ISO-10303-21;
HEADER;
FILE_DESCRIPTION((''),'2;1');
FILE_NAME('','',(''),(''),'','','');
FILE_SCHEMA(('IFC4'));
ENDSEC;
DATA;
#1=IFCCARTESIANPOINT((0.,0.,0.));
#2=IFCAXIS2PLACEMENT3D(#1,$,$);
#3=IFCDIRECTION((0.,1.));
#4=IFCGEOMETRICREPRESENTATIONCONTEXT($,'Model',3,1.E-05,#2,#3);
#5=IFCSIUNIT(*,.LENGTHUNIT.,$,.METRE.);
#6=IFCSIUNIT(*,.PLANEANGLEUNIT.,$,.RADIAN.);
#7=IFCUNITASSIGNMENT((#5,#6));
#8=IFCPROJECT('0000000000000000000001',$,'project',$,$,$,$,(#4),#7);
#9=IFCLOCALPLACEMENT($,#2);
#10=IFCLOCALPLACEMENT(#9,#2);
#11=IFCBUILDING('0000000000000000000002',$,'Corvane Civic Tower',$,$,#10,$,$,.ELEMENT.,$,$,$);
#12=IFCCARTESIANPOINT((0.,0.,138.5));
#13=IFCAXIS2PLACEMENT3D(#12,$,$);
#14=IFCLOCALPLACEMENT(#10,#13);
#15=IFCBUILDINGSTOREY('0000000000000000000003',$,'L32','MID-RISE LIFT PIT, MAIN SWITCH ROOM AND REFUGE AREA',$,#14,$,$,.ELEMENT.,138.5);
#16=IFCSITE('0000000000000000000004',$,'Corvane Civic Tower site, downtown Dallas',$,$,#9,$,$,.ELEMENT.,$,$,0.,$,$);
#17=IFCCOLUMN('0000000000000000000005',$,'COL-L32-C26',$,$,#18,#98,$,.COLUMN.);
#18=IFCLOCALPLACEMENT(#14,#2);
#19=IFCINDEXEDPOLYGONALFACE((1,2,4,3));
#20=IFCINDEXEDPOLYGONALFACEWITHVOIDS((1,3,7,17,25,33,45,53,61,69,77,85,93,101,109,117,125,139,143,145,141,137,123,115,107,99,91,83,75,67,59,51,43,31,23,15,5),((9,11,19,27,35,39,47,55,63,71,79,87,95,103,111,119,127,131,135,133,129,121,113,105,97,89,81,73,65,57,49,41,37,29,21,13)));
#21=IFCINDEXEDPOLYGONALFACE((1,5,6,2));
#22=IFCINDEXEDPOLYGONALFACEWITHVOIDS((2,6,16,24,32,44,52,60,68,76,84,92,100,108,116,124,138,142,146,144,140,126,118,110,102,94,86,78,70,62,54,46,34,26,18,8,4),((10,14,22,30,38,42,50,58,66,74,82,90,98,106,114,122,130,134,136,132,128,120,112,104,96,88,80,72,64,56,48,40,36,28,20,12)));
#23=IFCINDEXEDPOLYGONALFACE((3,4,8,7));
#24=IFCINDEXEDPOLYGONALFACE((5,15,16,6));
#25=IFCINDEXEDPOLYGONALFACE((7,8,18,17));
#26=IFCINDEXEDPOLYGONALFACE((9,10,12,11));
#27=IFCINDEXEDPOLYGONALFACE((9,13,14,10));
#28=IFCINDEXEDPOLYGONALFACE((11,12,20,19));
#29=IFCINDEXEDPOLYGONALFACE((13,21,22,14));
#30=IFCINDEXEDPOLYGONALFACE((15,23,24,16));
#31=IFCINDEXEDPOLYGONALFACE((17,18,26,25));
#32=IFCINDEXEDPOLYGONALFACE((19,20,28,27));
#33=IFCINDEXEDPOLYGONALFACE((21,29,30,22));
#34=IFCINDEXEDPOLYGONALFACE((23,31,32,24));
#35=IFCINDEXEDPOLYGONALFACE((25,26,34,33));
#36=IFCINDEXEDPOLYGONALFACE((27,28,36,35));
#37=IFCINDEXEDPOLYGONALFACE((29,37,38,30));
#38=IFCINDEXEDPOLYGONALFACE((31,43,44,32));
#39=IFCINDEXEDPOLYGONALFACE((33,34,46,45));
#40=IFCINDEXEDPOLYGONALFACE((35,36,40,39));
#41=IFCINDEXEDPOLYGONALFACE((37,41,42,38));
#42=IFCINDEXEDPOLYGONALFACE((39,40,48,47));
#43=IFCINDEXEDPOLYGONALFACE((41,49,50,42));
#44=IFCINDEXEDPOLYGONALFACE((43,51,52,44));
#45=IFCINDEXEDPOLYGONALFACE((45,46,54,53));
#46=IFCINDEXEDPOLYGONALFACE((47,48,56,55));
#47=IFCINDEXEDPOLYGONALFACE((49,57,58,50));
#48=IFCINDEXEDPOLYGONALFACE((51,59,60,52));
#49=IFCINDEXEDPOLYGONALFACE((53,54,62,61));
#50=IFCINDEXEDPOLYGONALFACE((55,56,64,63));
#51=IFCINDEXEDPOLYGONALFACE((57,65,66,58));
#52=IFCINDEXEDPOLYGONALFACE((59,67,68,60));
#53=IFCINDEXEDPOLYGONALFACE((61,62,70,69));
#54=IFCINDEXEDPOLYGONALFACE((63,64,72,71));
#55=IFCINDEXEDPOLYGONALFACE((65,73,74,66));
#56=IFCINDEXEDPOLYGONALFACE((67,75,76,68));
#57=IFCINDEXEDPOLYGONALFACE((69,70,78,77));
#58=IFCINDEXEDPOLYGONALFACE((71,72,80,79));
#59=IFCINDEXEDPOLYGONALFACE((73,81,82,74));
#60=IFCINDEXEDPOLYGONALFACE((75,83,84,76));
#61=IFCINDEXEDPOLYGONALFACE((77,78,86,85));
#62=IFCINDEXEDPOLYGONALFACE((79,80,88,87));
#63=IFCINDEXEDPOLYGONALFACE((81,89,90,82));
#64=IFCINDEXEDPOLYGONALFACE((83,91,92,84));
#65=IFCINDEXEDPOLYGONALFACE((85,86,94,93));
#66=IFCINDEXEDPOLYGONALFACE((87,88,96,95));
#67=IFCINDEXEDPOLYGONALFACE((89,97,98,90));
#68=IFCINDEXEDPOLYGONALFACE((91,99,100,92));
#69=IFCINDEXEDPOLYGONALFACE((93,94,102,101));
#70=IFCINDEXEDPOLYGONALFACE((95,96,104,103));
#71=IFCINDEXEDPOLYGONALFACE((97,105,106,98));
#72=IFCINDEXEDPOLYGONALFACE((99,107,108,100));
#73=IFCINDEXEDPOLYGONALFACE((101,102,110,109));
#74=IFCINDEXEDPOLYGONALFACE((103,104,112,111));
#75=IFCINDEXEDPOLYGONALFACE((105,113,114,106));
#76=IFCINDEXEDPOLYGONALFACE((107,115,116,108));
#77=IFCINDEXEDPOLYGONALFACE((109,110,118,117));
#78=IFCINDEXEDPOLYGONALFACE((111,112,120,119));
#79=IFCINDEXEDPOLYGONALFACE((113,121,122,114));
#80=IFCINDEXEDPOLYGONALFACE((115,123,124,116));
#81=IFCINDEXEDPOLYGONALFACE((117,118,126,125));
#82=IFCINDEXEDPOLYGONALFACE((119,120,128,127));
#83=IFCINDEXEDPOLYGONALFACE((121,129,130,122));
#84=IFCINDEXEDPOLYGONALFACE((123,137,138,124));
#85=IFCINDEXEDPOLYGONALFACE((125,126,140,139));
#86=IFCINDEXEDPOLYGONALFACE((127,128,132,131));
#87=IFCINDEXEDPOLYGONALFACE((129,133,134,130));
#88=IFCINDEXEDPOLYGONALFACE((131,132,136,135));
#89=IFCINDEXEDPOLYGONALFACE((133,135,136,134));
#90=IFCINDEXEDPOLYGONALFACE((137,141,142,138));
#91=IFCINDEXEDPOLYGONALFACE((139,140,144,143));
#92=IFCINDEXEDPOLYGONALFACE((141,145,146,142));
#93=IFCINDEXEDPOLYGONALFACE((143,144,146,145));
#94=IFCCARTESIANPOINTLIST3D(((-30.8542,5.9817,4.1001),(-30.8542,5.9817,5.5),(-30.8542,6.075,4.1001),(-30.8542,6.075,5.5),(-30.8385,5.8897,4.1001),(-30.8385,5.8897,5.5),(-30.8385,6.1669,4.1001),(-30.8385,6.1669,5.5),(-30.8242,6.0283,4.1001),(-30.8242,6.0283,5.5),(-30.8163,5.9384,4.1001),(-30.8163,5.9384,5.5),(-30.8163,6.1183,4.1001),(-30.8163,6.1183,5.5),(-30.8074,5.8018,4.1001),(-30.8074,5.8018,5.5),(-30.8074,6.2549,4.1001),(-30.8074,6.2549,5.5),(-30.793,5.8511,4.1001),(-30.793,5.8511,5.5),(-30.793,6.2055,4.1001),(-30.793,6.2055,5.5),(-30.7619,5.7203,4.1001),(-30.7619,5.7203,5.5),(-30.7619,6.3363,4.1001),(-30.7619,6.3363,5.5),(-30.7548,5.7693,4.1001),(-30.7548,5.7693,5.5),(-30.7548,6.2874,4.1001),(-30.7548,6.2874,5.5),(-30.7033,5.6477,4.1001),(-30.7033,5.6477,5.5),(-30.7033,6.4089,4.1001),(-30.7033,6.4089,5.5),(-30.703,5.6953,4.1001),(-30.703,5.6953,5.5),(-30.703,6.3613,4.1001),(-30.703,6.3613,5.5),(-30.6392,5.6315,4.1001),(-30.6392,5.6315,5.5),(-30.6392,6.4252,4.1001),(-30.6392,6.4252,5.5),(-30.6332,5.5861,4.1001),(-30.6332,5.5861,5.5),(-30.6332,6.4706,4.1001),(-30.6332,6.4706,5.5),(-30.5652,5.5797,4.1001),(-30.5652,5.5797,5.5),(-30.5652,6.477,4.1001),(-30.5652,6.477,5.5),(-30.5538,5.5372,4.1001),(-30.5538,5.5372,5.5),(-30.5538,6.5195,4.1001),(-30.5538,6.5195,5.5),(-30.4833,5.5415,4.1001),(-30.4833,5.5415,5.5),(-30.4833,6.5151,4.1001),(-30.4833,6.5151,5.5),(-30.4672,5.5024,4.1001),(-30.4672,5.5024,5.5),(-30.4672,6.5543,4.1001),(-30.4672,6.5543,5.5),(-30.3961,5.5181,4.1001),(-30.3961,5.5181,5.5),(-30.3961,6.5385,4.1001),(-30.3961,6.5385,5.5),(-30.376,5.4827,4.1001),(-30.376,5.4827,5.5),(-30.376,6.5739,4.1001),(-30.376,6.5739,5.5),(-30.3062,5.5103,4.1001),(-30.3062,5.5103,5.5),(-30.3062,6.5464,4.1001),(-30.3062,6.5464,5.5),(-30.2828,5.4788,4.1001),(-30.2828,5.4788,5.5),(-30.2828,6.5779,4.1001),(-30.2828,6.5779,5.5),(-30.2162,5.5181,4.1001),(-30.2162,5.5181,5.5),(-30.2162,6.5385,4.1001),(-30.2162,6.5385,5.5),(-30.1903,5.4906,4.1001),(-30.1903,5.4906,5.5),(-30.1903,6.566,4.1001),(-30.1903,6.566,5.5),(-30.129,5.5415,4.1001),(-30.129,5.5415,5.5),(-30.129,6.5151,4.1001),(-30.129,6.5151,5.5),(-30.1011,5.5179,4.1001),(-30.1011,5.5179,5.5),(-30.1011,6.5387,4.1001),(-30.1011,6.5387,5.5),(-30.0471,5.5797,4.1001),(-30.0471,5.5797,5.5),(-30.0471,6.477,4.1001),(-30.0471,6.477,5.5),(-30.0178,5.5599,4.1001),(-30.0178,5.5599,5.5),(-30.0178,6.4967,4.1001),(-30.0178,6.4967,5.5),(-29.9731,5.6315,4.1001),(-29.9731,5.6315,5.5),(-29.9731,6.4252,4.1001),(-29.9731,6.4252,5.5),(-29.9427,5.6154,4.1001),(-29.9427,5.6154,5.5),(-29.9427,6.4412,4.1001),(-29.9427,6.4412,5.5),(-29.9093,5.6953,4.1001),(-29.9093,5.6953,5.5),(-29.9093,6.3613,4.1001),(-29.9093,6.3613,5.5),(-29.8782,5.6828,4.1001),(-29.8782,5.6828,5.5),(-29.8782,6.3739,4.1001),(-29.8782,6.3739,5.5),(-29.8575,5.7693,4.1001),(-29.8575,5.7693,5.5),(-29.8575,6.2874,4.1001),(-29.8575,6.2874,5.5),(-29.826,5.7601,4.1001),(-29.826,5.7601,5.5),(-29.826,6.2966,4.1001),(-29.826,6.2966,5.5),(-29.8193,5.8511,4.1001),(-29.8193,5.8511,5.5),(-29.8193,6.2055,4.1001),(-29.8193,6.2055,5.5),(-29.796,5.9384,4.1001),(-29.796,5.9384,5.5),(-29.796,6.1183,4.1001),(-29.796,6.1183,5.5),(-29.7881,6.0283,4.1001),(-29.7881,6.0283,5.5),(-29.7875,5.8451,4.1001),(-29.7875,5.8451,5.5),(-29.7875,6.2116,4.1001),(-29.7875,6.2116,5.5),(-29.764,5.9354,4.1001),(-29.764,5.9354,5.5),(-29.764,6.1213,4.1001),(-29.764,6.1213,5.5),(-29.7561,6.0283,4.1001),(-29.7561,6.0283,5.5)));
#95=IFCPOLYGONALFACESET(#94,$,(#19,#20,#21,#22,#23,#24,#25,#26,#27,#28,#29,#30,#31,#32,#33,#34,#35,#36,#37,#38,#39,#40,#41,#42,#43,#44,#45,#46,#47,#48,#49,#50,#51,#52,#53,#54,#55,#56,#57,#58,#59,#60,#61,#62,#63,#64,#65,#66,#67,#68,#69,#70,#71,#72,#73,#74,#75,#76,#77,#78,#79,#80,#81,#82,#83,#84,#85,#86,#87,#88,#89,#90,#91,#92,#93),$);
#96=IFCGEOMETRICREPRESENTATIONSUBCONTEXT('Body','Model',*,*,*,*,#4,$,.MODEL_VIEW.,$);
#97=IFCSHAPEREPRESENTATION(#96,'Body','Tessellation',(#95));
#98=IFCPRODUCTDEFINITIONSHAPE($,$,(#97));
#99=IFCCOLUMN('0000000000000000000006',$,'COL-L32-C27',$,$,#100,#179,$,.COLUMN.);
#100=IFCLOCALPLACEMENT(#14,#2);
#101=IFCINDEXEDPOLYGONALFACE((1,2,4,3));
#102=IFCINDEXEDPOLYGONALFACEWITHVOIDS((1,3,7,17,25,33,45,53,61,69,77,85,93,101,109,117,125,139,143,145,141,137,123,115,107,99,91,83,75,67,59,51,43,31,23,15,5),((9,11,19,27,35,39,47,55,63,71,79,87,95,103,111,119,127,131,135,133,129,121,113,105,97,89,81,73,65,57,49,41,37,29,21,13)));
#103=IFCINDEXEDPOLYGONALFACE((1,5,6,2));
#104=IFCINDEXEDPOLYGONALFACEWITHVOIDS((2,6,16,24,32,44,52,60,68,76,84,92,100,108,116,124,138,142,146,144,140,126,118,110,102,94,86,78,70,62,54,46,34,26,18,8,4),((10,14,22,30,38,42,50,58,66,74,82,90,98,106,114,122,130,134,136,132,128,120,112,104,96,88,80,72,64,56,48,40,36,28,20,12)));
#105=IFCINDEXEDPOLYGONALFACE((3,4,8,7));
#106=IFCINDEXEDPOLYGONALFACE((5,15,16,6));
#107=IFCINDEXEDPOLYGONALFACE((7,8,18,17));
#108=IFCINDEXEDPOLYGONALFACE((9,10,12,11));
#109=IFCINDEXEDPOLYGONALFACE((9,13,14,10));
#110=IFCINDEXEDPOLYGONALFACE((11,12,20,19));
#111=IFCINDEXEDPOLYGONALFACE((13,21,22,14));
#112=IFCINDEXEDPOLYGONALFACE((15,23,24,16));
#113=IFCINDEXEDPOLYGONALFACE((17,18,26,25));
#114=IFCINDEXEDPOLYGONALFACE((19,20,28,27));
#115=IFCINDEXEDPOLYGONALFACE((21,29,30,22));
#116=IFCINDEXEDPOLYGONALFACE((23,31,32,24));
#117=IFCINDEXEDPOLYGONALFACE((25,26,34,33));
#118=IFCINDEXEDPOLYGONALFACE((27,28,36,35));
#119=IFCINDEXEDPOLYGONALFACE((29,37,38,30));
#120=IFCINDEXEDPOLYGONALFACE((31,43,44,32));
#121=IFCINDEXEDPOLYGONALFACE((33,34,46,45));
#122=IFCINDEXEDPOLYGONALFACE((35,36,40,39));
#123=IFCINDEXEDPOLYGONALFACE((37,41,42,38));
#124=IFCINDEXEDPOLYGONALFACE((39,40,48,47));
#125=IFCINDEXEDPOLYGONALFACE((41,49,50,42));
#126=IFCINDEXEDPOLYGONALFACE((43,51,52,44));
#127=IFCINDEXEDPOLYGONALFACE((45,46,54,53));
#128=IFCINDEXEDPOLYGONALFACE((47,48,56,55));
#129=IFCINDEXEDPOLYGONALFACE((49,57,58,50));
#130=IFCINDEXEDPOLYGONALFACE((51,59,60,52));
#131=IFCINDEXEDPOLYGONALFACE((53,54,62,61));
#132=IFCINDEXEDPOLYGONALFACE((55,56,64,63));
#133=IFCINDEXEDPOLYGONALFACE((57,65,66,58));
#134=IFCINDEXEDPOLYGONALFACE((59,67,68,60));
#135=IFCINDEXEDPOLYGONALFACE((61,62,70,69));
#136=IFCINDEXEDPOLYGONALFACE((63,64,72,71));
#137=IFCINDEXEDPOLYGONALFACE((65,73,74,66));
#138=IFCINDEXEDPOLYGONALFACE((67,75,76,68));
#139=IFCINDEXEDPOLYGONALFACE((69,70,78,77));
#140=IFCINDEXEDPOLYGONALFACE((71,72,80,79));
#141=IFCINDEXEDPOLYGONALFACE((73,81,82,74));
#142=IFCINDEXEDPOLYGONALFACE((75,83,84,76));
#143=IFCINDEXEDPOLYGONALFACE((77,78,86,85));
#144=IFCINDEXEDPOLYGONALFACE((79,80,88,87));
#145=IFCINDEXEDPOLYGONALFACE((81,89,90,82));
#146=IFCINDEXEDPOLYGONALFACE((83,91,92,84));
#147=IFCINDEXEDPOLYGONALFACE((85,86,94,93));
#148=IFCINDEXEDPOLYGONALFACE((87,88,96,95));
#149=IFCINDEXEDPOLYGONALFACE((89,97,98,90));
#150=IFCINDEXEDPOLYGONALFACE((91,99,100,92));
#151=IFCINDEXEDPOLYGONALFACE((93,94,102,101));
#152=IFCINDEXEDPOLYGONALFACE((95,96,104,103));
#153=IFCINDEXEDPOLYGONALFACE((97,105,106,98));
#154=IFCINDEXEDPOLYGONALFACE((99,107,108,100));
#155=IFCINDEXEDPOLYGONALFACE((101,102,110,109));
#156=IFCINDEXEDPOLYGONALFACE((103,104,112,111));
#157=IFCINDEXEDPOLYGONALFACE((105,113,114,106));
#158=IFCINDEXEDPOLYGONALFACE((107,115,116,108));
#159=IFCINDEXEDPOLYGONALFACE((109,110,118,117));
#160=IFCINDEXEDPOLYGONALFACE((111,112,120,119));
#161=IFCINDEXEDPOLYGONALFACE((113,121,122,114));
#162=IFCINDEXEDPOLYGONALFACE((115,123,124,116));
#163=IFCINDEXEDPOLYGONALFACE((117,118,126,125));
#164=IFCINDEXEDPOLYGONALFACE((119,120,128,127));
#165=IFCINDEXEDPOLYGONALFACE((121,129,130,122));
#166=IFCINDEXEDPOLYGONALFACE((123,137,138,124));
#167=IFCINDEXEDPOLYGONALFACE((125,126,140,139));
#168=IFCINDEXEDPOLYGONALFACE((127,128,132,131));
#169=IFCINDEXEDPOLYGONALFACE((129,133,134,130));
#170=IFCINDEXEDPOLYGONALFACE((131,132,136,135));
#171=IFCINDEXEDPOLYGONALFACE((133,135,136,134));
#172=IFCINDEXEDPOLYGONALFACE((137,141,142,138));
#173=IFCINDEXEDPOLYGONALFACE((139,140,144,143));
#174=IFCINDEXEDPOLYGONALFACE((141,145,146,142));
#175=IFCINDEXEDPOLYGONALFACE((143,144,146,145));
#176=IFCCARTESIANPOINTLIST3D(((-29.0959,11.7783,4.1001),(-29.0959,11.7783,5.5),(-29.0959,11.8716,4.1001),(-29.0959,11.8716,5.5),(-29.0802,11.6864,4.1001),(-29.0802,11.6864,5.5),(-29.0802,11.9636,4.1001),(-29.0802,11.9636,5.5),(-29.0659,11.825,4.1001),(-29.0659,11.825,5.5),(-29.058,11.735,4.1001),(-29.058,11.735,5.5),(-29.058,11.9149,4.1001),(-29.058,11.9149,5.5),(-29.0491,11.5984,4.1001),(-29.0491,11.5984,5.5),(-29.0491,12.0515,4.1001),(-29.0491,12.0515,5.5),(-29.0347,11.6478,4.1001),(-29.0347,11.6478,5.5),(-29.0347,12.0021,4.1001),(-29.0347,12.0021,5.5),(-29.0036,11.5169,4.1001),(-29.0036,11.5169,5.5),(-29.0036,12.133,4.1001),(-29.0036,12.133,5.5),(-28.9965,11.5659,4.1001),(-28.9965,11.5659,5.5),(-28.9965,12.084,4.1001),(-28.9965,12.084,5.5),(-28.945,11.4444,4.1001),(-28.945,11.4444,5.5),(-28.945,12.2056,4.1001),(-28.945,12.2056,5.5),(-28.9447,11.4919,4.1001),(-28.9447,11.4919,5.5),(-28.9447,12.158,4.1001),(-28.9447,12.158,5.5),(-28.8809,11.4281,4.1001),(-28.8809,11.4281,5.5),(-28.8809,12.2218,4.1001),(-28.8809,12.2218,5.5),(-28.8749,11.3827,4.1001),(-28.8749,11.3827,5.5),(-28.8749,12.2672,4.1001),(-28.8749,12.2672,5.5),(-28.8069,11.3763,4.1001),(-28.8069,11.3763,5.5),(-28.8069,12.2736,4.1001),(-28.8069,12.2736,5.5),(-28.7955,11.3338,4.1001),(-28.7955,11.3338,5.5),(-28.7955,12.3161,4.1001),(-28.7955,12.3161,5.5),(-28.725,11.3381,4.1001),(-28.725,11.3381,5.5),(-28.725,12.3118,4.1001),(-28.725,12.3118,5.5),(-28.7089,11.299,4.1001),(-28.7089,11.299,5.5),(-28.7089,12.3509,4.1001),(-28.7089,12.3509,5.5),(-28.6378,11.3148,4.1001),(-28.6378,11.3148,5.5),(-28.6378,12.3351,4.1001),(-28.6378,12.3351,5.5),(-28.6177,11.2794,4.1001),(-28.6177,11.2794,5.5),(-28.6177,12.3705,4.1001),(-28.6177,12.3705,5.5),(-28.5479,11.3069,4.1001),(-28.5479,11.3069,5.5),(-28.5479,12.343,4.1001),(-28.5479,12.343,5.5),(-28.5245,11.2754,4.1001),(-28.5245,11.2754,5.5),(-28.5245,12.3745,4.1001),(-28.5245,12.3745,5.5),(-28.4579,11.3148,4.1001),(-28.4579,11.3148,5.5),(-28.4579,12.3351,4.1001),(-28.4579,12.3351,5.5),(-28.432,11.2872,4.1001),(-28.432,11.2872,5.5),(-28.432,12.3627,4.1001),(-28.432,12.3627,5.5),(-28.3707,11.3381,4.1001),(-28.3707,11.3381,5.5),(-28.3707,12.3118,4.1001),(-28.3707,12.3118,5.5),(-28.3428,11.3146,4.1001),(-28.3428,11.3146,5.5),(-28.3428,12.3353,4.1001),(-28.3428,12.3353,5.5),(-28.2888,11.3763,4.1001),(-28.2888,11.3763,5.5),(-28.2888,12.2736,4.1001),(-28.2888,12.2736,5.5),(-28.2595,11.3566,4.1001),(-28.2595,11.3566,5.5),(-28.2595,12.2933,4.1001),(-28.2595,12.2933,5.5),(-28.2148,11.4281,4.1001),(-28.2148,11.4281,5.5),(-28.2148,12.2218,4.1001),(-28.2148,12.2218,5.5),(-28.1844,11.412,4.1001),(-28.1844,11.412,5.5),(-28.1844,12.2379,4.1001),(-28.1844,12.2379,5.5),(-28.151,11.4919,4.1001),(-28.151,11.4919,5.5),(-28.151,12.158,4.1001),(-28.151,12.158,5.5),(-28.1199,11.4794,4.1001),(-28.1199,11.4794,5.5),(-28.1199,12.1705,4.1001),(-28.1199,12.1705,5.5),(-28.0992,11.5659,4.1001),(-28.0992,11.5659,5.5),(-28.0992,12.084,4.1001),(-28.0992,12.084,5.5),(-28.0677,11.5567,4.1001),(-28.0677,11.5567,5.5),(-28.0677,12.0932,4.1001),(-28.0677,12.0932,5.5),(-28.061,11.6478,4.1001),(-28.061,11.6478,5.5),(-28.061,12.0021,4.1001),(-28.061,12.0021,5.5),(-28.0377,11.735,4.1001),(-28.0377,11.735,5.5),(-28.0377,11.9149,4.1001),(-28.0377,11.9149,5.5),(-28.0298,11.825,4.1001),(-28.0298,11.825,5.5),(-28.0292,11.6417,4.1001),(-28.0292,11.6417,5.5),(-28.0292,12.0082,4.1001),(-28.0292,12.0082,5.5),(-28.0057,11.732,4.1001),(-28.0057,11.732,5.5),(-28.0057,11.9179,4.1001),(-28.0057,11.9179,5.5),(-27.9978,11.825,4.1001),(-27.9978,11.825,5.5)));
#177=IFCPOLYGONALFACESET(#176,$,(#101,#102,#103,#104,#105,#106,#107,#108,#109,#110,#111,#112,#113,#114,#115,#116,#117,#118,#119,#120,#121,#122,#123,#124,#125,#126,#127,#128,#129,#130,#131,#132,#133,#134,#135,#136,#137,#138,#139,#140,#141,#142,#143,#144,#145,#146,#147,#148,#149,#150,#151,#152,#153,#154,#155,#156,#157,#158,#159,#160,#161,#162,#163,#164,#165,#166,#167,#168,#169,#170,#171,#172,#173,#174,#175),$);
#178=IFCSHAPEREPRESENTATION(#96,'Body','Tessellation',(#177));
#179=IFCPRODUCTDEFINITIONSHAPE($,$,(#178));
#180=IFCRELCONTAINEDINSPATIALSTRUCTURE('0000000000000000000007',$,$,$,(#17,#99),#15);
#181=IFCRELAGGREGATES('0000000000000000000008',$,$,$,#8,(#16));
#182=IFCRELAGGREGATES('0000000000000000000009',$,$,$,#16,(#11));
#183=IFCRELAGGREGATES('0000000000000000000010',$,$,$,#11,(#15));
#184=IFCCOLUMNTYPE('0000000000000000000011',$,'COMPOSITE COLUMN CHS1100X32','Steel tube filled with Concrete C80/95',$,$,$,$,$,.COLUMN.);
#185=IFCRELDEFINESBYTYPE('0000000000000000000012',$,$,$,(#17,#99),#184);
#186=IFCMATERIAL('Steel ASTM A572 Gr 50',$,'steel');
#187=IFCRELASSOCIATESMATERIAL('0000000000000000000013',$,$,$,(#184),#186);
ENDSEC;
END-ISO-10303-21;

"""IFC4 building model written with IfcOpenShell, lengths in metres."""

from ifc_helpers import new_model, si_unit, direction, frame, origin, origin_2d, place, context, subcontext, project, spatial, hollow_circle, extrude, material, material_profile, profile_set, type_object, element, save


model = new_model("IFC4")

# Units and contexts
model_context = context("Model", 3, precision=1e-05, world=origin(), true_north=direction((0.0, 1.0)))
body_context = subcontext(model_context, "Body", "Model", "MODEL_VIEW")
ifc_project = project(units=[si_unit("LENGTHUNIT", "METRE"), si_unit("PLANEANGLEUNIT", "RADIAN")], contexts=[model_context])

# Site, building, storey
site_placement = place(None, origin())
site = spatial("IfcSite", under=ifc_project, at=site_placement, Name="Corvane Civic Tower site, downtown Dallas", CompositionType="ELEMENT", RefElevation=0.0)
building_placement = place(site_placement, origin())
building = spatial("IfcBuilding", under=site, at=building_placement, Name="Corvane Civic Tower", CompositionType="ELEMENT")
storey_placement = place(building_placement, frame((0.0, 0.0, 138.5)))
storey = spatial("IfcBuildingStorey", under=building, at=storey_placement, Name="L32", Description="MID-RISE LIFT PIT, MAIN SWITCH ROOM AND REFUGE AREA", CompositionType="ELEMENT", Elevation=138.5)

# Columns
ifc_material_1 = material(Name="Steel ASTM A572 Gr 50", Category="steel")
ifc_material_profile_1 = material_profile(ifc_material_1, hollow_circle(Radius=0.55, WallThickness=0.032, at=origin_2d()), Name="CHS1100X32")
ifc_profile_set_1 = profile_set([ifc_material_profile_1], Name="Steel ASTM A572 Gr 50")
column_type = type_object("IfcColumnType", Name="COMPOSITE COLUMN CHS1100X32", Description="Steel tube filled with Concrete C80/95", PredefinedType="COLUMN", material=ifc_profile_set_1)
for number, where, z_axis, x_axis, name in (
    (1, (-30.3062, 6.0283, 4.1001), (0.0, 0.0, 1.0), (1.0, 0.0, 0.0), "COL-L32-C26"),
    (2, (-28.5479, 11.825, 4.1001), (0.0, 0.0, 1.0), (1.0, 0.0, 0.0), "COL-L32-C27"),
):
    element("IfcColumn", number, at=place(storey_placement, frame(where, z_axis=z_axis, x_axis=x_axis)), inside=storey, type_object=column_type, Name=name, PredefinedType="COLUMN", context=body_context, shape_type="SweptSolid", body=[
        extrude(hollow_circle(Radius=0.55, WallThickness=0.032, at=origin_2d()), origin(), (0.0, 0.0, 1.0), 1.3999),
    ])

save(model, "model.ifc")
